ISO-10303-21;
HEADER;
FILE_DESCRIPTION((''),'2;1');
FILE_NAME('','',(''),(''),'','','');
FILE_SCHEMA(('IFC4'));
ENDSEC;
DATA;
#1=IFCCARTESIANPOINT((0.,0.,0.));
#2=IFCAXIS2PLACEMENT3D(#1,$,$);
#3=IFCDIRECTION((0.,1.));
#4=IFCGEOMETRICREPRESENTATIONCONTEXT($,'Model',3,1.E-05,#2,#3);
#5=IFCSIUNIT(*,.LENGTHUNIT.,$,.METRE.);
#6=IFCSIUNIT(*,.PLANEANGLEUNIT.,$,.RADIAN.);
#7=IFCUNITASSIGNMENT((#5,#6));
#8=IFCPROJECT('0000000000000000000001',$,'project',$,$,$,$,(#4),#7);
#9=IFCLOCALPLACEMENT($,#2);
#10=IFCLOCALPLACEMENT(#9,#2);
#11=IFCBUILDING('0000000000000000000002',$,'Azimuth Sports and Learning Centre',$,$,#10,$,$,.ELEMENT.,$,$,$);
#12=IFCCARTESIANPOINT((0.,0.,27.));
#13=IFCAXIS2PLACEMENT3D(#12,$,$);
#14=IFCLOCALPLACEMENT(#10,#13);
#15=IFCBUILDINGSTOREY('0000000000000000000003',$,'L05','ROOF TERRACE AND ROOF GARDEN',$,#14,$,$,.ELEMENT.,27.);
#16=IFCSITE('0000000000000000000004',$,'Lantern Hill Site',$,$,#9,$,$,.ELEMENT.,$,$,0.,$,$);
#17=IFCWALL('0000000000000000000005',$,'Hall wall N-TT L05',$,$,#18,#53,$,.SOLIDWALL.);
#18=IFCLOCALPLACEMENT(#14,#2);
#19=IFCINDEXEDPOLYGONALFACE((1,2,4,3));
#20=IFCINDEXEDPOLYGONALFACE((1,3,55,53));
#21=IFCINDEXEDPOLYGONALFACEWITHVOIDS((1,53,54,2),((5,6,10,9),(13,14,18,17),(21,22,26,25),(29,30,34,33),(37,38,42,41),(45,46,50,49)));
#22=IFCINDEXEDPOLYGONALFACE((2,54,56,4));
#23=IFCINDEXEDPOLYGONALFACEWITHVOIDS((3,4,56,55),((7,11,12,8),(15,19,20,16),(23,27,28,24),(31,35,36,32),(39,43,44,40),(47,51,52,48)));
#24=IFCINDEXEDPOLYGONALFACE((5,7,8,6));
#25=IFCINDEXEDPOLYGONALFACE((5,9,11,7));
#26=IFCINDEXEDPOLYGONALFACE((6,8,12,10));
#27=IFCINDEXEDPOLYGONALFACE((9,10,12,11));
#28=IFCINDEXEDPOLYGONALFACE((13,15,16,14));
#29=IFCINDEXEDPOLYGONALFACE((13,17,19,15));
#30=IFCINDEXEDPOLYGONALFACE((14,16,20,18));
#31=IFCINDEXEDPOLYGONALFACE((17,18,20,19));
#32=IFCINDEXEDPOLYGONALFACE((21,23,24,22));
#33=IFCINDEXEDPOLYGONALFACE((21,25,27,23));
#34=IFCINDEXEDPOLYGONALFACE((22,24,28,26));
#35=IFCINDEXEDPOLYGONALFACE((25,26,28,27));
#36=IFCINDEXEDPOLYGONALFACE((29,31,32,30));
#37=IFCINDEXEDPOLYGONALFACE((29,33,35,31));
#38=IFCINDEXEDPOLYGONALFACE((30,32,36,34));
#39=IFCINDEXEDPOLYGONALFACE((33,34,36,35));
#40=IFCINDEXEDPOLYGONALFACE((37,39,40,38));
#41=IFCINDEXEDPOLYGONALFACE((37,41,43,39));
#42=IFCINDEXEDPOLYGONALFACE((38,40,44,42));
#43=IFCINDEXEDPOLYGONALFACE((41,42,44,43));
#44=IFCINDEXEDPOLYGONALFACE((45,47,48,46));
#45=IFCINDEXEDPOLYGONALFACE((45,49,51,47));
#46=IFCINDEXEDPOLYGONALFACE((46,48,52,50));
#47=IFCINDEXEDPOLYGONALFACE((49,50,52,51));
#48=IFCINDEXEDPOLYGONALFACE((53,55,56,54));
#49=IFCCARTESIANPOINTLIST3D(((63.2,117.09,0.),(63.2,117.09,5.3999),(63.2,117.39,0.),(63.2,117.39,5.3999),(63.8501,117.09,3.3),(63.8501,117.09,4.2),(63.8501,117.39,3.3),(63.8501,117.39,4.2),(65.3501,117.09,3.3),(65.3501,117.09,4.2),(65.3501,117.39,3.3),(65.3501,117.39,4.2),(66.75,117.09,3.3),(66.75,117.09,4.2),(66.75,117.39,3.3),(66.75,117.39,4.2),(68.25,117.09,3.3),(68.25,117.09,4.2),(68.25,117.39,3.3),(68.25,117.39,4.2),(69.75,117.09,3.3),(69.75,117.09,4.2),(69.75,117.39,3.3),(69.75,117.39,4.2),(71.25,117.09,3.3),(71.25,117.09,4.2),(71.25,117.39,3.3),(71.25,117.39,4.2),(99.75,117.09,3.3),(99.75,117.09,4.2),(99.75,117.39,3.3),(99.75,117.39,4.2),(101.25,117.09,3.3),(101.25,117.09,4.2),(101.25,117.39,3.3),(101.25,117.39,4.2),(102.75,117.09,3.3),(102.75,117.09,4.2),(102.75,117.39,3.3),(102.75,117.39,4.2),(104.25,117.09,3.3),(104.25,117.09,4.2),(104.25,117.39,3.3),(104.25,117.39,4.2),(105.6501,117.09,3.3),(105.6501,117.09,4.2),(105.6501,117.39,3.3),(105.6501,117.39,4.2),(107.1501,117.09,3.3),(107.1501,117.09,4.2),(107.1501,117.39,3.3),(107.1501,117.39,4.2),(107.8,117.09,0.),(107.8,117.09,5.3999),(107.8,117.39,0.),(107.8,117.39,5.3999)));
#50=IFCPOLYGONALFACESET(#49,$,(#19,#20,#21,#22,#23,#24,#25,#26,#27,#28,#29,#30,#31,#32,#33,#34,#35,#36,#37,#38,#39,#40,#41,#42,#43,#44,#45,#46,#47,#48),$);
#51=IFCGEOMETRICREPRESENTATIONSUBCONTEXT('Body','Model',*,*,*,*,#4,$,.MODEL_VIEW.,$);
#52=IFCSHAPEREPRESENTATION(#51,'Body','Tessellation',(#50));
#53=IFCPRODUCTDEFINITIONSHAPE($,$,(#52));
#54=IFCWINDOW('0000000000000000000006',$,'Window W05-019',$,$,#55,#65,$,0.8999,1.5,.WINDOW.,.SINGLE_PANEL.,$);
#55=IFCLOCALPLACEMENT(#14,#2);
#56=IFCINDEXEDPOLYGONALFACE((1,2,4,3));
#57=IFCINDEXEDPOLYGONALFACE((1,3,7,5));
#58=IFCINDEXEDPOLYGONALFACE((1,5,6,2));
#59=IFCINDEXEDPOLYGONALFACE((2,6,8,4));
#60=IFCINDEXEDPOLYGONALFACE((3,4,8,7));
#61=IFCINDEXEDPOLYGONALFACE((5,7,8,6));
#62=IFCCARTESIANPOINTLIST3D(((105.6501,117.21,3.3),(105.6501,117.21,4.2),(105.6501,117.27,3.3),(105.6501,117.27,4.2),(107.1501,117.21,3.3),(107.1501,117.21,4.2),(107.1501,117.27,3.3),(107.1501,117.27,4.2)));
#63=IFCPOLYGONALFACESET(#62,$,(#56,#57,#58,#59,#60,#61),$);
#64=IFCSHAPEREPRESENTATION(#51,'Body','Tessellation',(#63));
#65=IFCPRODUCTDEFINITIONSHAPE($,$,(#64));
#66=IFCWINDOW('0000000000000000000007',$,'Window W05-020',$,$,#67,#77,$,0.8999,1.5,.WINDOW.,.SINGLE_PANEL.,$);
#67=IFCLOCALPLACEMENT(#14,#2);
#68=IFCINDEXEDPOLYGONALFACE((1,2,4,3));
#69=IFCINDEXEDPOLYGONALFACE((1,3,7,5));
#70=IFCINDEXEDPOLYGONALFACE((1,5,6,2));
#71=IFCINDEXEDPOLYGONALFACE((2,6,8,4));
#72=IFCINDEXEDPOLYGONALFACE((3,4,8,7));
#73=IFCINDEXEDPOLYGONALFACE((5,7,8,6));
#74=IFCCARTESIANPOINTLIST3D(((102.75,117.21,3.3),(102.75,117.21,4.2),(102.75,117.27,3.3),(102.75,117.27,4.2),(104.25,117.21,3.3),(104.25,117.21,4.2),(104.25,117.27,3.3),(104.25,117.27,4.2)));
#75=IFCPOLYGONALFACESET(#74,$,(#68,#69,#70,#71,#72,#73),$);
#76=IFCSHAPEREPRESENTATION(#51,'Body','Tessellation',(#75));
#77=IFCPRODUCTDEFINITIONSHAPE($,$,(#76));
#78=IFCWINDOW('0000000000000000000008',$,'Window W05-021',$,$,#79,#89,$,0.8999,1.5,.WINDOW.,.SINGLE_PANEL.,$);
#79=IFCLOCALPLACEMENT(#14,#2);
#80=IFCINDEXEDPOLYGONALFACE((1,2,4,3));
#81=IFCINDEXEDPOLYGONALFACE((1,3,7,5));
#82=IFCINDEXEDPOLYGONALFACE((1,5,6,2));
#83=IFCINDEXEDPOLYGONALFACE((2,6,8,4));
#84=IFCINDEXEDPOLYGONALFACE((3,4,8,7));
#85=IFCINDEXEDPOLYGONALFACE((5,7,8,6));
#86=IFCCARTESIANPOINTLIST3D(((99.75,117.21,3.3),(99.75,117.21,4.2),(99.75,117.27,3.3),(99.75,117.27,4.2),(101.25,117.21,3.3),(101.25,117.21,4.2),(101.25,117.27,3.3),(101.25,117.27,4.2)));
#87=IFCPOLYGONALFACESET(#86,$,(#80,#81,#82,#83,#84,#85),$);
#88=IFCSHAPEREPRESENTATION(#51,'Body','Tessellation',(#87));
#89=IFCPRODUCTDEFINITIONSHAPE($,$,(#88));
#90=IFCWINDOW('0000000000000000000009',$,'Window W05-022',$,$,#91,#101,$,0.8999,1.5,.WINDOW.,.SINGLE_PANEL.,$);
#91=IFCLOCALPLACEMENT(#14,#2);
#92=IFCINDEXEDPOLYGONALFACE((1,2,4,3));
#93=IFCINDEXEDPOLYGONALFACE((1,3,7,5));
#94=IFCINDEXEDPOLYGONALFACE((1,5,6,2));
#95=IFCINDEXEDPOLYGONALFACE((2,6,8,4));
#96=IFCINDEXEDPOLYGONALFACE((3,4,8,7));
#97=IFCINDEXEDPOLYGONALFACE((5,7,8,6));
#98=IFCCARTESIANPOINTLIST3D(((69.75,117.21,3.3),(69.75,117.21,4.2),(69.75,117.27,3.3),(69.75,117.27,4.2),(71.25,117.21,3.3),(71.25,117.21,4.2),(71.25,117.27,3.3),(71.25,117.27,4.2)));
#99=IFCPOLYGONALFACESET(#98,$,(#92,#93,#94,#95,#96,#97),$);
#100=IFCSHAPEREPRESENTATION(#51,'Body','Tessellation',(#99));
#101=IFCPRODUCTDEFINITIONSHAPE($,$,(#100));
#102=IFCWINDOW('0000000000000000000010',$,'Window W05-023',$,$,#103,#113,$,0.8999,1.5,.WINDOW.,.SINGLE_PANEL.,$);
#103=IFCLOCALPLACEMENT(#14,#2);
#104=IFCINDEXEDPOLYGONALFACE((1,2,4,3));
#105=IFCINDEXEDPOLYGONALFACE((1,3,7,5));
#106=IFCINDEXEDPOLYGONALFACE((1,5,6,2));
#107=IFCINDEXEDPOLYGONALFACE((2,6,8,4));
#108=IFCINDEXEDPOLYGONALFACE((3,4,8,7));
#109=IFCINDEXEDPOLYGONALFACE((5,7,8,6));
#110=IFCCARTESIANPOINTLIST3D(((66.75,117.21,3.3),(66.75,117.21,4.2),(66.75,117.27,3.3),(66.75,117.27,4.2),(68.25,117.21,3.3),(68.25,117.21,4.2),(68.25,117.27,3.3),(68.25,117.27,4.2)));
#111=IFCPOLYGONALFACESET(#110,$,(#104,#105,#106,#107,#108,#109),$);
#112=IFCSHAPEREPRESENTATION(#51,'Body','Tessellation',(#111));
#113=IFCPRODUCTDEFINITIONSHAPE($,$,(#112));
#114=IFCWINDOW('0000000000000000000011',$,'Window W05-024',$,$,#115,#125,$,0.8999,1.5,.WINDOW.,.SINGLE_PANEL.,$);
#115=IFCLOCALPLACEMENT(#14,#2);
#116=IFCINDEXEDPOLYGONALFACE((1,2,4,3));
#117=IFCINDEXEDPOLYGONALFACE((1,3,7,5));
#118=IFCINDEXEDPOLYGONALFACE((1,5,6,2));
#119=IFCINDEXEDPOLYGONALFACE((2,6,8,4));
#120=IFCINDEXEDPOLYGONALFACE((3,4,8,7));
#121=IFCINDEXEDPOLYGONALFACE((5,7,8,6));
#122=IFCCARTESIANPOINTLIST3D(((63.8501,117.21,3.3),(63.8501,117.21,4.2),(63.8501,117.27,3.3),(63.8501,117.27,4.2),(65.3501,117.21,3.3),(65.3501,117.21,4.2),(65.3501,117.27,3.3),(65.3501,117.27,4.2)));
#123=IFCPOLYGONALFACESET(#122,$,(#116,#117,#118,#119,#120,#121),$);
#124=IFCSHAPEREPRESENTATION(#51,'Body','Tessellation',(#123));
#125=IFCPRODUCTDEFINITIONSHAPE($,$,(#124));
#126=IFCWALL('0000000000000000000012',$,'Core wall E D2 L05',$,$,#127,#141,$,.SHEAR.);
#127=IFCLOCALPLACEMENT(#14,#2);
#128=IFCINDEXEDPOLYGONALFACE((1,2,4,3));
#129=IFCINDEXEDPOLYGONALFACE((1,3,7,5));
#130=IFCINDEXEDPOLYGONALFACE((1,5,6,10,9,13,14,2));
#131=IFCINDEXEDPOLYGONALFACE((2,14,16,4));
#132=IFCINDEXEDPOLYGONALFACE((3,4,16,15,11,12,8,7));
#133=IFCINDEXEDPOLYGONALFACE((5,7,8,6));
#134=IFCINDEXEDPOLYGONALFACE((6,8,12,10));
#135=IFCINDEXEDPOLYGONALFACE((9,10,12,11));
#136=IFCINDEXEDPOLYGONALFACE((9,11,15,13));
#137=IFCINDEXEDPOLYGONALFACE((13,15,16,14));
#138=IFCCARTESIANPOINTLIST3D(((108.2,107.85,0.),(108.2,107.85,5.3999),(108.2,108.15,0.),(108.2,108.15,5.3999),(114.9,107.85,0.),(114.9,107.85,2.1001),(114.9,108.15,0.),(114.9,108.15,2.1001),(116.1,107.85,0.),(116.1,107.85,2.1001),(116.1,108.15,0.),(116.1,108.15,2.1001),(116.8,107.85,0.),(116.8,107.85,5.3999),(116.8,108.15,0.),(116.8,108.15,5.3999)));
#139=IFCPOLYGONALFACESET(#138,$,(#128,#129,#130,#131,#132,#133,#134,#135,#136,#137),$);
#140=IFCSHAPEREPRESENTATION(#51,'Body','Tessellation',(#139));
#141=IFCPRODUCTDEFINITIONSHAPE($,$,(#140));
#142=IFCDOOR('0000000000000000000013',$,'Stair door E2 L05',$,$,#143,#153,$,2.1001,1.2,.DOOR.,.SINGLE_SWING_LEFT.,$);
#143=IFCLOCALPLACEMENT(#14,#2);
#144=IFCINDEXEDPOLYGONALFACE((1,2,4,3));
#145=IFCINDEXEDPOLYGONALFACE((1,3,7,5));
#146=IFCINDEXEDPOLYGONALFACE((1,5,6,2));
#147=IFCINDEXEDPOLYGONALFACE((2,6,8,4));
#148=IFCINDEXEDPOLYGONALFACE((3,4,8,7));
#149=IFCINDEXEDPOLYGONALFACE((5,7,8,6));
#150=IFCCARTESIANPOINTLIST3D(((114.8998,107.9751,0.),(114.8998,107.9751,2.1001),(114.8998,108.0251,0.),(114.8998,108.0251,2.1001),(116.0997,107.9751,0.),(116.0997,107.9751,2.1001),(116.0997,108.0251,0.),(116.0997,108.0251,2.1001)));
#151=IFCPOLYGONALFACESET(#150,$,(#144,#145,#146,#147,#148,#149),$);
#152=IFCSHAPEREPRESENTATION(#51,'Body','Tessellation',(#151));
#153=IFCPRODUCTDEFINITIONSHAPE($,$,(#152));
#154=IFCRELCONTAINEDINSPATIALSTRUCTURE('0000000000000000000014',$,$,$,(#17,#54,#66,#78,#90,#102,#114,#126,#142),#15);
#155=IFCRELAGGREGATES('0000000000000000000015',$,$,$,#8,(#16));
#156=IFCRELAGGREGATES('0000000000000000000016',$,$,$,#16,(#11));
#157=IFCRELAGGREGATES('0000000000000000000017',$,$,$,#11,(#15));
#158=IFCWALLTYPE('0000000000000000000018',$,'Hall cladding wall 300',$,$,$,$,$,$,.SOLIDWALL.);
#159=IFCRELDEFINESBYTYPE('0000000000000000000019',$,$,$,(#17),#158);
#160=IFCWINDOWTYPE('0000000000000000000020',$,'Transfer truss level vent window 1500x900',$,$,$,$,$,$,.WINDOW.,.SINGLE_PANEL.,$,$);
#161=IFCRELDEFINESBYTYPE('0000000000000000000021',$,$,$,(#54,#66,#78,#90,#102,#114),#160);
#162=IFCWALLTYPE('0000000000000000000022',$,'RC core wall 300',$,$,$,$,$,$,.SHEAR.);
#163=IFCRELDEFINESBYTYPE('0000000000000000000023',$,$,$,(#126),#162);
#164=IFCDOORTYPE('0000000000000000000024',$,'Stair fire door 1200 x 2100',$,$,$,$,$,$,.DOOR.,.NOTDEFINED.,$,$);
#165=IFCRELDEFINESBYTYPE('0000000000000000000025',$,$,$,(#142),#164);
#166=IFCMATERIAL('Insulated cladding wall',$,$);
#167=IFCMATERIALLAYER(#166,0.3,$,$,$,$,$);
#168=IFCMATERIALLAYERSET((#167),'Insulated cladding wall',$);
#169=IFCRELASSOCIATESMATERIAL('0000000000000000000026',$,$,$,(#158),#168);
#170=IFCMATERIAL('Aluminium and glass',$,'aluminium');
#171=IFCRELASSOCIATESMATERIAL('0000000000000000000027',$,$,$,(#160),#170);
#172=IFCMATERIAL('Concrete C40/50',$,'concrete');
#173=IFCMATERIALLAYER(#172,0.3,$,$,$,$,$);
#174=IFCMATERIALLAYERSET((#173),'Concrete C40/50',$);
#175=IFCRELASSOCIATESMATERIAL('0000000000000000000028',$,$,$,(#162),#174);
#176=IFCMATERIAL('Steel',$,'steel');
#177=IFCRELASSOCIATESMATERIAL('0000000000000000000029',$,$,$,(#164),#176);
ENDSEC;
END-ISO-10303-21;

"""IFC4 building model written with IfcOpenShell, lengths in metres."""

from ifc_helpers import new_model, si_unit, direction, frame, frame_2d, origin, place, context, subcontext, project, spatial, rectangle, extrude, material, layer, layer_set, type_object, element, fill, save


model = new_model("IFC4")

# Units and contexts
model_context = context("Model", 3, precision=1e-05, world=origin(), true_north=direction((0.0, 1.0)))
body_context = subcontext(model_context, "Body", "Model", "MODEL_VIEW")
ifc_project = project(units=[si_unit("LENGTHUNIT", "METRE"), si_unit("PLANEANGLEUNIT", "RADIAN")], contexts=[model_context])

# Site, building, storey
site_placement = place(None, origin())
site = spatial("IfcSite", under=ifc_project, at=site_placement, Name="Lantern Hill Site", CompositionType="ELEMENT", RefElevation=0.0)
building_placement = place(site_placement, origin())
building = spatial("IfcBuilding", under=site, at=building_placement, Name="Azimuth Sports and Learning Centre", CompositionType="ELEMENT")
storey_placement = place(building_placement, frame((0.0, 0.0, 27.0)))
storey = spatial("IfcBuildingStorey", under=building, at=storey_placement, Name="L05", Description="ROOF TERRACE AND ROOF GARDEN", CompositionType="ELEMENT", Elevation=27.0)

# Wall, openings, windows
ifc_material_1 = material(Name="Insulated cladding wall")
ifc_layer_1 = layer(ifc_material_1, 0.3)
ifc_layer_set_1 = layer_set([ifc_layer_1], Name="Insulated cladding wall")
wall_type_1 = type_object("IfcWallType", Name="Hall cladding wall 300", PredefinedType="SOLIDWALL", material=ifc_layer_set_1)
wall_1_placement = place(storey_placement, frame((107.8, 117.24, 0.0), z_axis=(0.0, 0.0, 1.0), x_axis=(-1.0, 0.0, 0.0)))
wall_1 = element("IfcWall", 1, at=wall_1_placement, inside=storey, type_object=wall_type_1, Name="Hall wall N-TT L05", PredefinedType="SOLIDWALL", context=body_context, shape_type="SweptSolid", body=[
    extrude(rectangle(XDim=44.6001, YDim=0.3, at=frame_2d((22.3, 0.0))), origin(), (0.0, 0.0, 1.0), 5.3999),
])
opening_1_placement = place(wall_1_placement, frame((0.6499, 0.0, 3.3)))
opening_1 = element("IfcOpeningElement", 2, at=opening_1_placement, cuts=wall_1, PredefinedType="OPENING", context=body_context, shape_type="SweptSolid", body=[
    extrude(rectangle(XDim=1.5, YDim=0.8999, at=frame_2d((0.75, 0.45))), frame((0.0, 0.1611, 0.0), z_axis=(0.0, -1.0, 0.0), x_axis=(1.0, 0.0, 0.0)), (0.0, 0.0, 1.0), 0.322),
])
opening_2_placement = place(wall_1_placement, frame((3.55, 0.0, 3.3)))
opening_2 = element("IfcOpeningElement", 3, at=opening_2_placement, cuts=wall_1, PredefinedType="OPENING", context=body_context, shape_type="SweptSolid", body=[
    extrude(rectangle(XDim=1.5, YDim=0.8999, at=frame_2d((0.75, 0.45))), frame((0.0, 0.1611, 0.0), z_axis=(0.0, -1.0, 0.0), x_axis=(1.0, 0.0, 0.0)), (0.0, 0.0, 1.0), 0.322),
])
opening_3_placement = place(wall_1_placement, frame((6.55, 0.0, 3.3)))
opening_3 = element("IfcOpeningElement", 4, at=opening_3_placement, cuts=wall_1, PredefinedType="OPENING", context=body_context, shape_type="SweptSolid", body=[
    extrude(rectangle(XDim=1.5, YDim=0.8999, at=frame_2d((0.75, 0.45))), frame((0.0, 0.1611, 0.0), z_axis=(0.0, -1.0, 0.0), x_axis=(1.0, 0.0, 0.0)), (0.0, 0.0, 1.0), 0.322),
])
opening_4_placement = place(wall_1_placement, frame((36.55, 0.0, 3.3)))
opening_4 = element("IfcOpeningElement", 5, at=opening_4_placement, cuts=wall_1, PredefinedType="OPENING", context=body_context, shape_type="SweptSolid", body=[
    extrude(rectangle(XDim=1.5, YDim=0.8999, at=frame_2d((0.75, 0.45))), frame((0.0, 0.1611, 0.0), z_axis=(0.0, -1.0, 0.0), x_axis=(1.0, 0.0, 0.0)), (0.0, 0.0, 1.0), 0.322),
])
opening_5_placement = place(wall_1_placement, frame((39.55, 0.0, 3.3)))
opening_5 = element("IfcOpeningElement", 6, at=opening_5_placement, cuts=wall_1, PredefinedType="OPENING", context=body_context, shape_type="SweptSolid", body=[
    extrude(rectangle(XDim=1.5, YDim=0.8999, at=frame_2d((0.75, 0.45))), frame((0.0, 0.1611, 0.0), z_axis=(0.0, -1.0, 0.0), x_axis=(1.0, 0.0, 0.0)), (0.0, 0.0, 1.0), 0.322),
])
opening_6_placement = place(wall_1_placement, frame((42.45, 0.0, 3.3)))
opening_6 = element("IfcOpeningElement", 7, at=opening_6_placement, cuts=wall_1, PredefinedType="OPENING", context=body_context, shape_type="SweptSolid", body=[
    extrude(rectangle(XDim=1.5, YDim=0.8999, at=frame_2d((0.75, 0.45))), frame((0.0, 0.1611, 0.0), z_axis=(0.0, -1.0, 0.0), x_axis=(1.0, 0.0, 0.0)), (0.0, 0.0, 1.0), 0.322),
])
ifc_material_2 = material(Name="Aluminium and glass", Category="aluminium")
window_type_1 = type_object("IfcWindowType", Name="Transfer truss level vent window 1500x900", PartitioningType="SINGLE_PANEL", PredefinedType="WINDOW", material=ifc_material_2)
window_1_placement = place(opening_1_placement, origin())
window_1 = element("IfcWindow", 8, at=window_1_placement, inside=storey, type_object=window_type_1, Name="Window W05-019", OverallHeight=0.8999, OverallWidth=1.5, PartitioningType="SINGLE_PANEL", PredefinedType="WINDOW", context=body_context, shape_type="SweptSolid", body=[
    extrude(rectangle(XDim=1.5, YDim=0.8999, at=frame_2d((0.75, 0.45))), frame((0.0, 0.03, 0.0), z_axis=(0.0, -1.0, 0.0), x_axis=(1.0, 0.0, 0.0)), (0.0, 0.0, 1.0), 0.0601),
])
fill(opening_1, window_1)
window_2_placement = place(opening_2_placement, origin())
window_2 = element("IfcWindow", 9, at=window_2_placement, inside=storey, type_object=window_type_1, Name="Window W05-020", OverallHeight=0.8999, OverallWidth=1.5, PartitioningType="SINGLE_PANEL", PredefinedType="WINDOW", context=body_context, shape_type="SweptSolid", body=[
    extrude(rectangle(XDim=1.5, YDim=0.8999, at=frame_2d((0.75, 0.45))), frame((0.0, 0.03, 0.0), z_axis=(0.0, -1.0, 0.0), x_axis=(1.0, 0.0, 0.0)), (0.0, 0.0, 1.0), 0.0601),
])
fill(opening_2, window_2)
window_3_placement = place(opening_3_placement, origin())
window_3 = element("IfcWindow", 10, at=window_3_placement, inside=storey, type_object=window_type_1, Name="Window W05-021", OverallHeight=0.8999, OverallWidth=1.5, PartitioningType="SINGLE_PANEL", PredefinedType="WINDOW", context=body_context, shape_type="SweptSolid", body=[
    extrude(rectangle(XDim=1.5, YDim=0.8999, at=frame_2d((0.75, 0.45))), frame((0.0, 0.03, 0.0), z_axis=(0.0, -1.0, 0.0), x_axis=(1.0, 0.0, 0.0)), (0.0, 0.0, 1.0), 0.0601),
])
fill(opening_3, window_3)
window_4_placement = place(opening_4_placement, origin())
window_4 = element("IfcWindow", 11, at=window_4_placement, inside=storey, type_object=window_type_1, Name="Window W05-022", OverallHeight=0.8999, OverallWidth=1.5, PartitioningType="SINGLE_PANEL", PredefinedType="WINDOW", context=body_context, shape_type="SweptSolid", body=[
    extrude(rectangle(XDim=1.5, YDim=0.8999, at=frame_2d((0.75, 0.45))), frame((0.0, 0.03, 0.0), z_axis=(0.0, -1.0, 0.0), x_axis=(1.0, 0.0, 0.0)), (0.0, 0.0, 1.0), 0.0601),
])
fill(opening_4, window_4)
window_5_placement = place(opening_5_placement, origin())
window_5 = element("IfcWindow", 12, at=window_5_placement, inside=storey, type_object=window_type_1, Name="Window W05-023", OverallHeight=0.8999, OverallWidth=1.5, PartitioningType="SINGLE_PANEL", PredefinedType="WINDOW", context=body_context, shape_type="SweptSolid", body=[
    extrude(rectangle(XDim=1.5, YDim=0.8999, at=frame_2d((0.75, 0.45))), frame((0.0, 0.03, 0.0), z_axis=(0.0, -1.0, 0.0), x_axis=(1.0, 0.0, 0.0)), (0.0, 0.0, 1.0), 0.0601),
])
fill(opening_5, window_5)
window_6_placement = place(opening_6_placement, origin())
window_6 = element("IfcWindow", 13, at=window_6_placement, inside=storey, type_object=window_type_1, Name="Window W05-024", OverallHeight=0.8999, OverallWidth=1.5, PartitioningType="SINGLE_PANEL", PredefinedType="WINDOW", context=body_context, shape_type="SweptSolid", body=[
    extrude(rectangle(XDim=1.5, YDim=0.8999, at=frame_2d((0.75, 0.45))), frame((0.0, 0.03, 0.0), z_axis=(0.0, -1.0, 0.0), x_axis=(1.0, 0.0, 0.0)), (0.0, 0.0, 1.0), 0.0601),
])
fill(opening_6, window_6)

# Wall, opening, door
ifc_material_3 = material(Name="Concrete C40/50", Category="concrete")
ifc_layer_2 = layer(ifc_material_3, 0.3)
ifc_layer_set_2 = layer_set([ifc_layer_2], Name="Concrete C40/50")
wall_type_2 = type_object("IfcWallType", Name="RC core wall 300", PredefinedType="SHEAR", material=ifc_layer_set_2)
wall_2_placement = place(storey_placement, frame((108.2, 108.0, 0.0), z_axis=(0.0, 0.0, 1.0), x_axis=(1.0, 0.0, 0.0)))
wall_2 = element("IfcWall", 14, at=wall_2_placement, inside=storey, type_object=wall_type_2, Name="Core wall E D2 L05", PredefinedType="SHEAR", context=body_context, shape_type="SweptSolid", body=[
    extrude(rectangle(XDim=8.6001, YDim=0.3, at=frame_2d((4.3, 0.0))), origin(), (0.0, 0.0, 1.0), 5.3999),
])
opening_7_placement = place(wall_2_placement, frame((6.7, 0.0, 0.0)))
opening_7 = element("IfcOpeningElement", 15, at=opening_7_placement, cuts=wall_2, PredefinedType="OPENING", context=body_context, shape_type="SweptSolid", body=[
    extrude(rectangle(XDim=1.2, YDim=2.1001, at=frame_2d((0.6001, 1.05))), frame((0.0, 0.1611, 0.0), z_axis=(0.0, -1.0, 0.0), x_axis=(1.0, 0.0, 0.0)), (0.0, 0.0, 1.0), 0.322),
])
ifc_material_4 = material(Name="Steel", Category="steel")
door_type = type_object("IfcDoorType", Name="Stair fire door 1200 x 2100", OperationType="NOTDEFINED", PredefinedType="DOOR", material=ifc_material_4)
door_placement = place(opening_7_placement, frame((1.2, 0.0, 0.0), z_axis=(0.0, 0.0, 1.0), x_axis=(-1.0, 0.0, 0.0)))
door = element("IfcDoor", 16, at=door_placement, inside=storey, type_object=door_type, Name="Stair door E2 L05", OperationType="SINGLE_SWING_LEFT", OverallHeight=2.1001, OverallWidth=1.2, PredefinedType="DOOR", context=body_context, shape_type="SweptSolid", body=[
    extrude(rectangle(XDim=1.2, YDim=2.1001, at=frame_2d((0.6001, 1.05))), frame((0.0, 0.0249, 0.0), z_axis=(0.0, -1.0, 0.0), x_axis=(1.0, 0.0, 0.0)), (0.0, 0.0, 1.0), 0.05),
])
fill(opening_7, door)

save(model, "model.ifc")
